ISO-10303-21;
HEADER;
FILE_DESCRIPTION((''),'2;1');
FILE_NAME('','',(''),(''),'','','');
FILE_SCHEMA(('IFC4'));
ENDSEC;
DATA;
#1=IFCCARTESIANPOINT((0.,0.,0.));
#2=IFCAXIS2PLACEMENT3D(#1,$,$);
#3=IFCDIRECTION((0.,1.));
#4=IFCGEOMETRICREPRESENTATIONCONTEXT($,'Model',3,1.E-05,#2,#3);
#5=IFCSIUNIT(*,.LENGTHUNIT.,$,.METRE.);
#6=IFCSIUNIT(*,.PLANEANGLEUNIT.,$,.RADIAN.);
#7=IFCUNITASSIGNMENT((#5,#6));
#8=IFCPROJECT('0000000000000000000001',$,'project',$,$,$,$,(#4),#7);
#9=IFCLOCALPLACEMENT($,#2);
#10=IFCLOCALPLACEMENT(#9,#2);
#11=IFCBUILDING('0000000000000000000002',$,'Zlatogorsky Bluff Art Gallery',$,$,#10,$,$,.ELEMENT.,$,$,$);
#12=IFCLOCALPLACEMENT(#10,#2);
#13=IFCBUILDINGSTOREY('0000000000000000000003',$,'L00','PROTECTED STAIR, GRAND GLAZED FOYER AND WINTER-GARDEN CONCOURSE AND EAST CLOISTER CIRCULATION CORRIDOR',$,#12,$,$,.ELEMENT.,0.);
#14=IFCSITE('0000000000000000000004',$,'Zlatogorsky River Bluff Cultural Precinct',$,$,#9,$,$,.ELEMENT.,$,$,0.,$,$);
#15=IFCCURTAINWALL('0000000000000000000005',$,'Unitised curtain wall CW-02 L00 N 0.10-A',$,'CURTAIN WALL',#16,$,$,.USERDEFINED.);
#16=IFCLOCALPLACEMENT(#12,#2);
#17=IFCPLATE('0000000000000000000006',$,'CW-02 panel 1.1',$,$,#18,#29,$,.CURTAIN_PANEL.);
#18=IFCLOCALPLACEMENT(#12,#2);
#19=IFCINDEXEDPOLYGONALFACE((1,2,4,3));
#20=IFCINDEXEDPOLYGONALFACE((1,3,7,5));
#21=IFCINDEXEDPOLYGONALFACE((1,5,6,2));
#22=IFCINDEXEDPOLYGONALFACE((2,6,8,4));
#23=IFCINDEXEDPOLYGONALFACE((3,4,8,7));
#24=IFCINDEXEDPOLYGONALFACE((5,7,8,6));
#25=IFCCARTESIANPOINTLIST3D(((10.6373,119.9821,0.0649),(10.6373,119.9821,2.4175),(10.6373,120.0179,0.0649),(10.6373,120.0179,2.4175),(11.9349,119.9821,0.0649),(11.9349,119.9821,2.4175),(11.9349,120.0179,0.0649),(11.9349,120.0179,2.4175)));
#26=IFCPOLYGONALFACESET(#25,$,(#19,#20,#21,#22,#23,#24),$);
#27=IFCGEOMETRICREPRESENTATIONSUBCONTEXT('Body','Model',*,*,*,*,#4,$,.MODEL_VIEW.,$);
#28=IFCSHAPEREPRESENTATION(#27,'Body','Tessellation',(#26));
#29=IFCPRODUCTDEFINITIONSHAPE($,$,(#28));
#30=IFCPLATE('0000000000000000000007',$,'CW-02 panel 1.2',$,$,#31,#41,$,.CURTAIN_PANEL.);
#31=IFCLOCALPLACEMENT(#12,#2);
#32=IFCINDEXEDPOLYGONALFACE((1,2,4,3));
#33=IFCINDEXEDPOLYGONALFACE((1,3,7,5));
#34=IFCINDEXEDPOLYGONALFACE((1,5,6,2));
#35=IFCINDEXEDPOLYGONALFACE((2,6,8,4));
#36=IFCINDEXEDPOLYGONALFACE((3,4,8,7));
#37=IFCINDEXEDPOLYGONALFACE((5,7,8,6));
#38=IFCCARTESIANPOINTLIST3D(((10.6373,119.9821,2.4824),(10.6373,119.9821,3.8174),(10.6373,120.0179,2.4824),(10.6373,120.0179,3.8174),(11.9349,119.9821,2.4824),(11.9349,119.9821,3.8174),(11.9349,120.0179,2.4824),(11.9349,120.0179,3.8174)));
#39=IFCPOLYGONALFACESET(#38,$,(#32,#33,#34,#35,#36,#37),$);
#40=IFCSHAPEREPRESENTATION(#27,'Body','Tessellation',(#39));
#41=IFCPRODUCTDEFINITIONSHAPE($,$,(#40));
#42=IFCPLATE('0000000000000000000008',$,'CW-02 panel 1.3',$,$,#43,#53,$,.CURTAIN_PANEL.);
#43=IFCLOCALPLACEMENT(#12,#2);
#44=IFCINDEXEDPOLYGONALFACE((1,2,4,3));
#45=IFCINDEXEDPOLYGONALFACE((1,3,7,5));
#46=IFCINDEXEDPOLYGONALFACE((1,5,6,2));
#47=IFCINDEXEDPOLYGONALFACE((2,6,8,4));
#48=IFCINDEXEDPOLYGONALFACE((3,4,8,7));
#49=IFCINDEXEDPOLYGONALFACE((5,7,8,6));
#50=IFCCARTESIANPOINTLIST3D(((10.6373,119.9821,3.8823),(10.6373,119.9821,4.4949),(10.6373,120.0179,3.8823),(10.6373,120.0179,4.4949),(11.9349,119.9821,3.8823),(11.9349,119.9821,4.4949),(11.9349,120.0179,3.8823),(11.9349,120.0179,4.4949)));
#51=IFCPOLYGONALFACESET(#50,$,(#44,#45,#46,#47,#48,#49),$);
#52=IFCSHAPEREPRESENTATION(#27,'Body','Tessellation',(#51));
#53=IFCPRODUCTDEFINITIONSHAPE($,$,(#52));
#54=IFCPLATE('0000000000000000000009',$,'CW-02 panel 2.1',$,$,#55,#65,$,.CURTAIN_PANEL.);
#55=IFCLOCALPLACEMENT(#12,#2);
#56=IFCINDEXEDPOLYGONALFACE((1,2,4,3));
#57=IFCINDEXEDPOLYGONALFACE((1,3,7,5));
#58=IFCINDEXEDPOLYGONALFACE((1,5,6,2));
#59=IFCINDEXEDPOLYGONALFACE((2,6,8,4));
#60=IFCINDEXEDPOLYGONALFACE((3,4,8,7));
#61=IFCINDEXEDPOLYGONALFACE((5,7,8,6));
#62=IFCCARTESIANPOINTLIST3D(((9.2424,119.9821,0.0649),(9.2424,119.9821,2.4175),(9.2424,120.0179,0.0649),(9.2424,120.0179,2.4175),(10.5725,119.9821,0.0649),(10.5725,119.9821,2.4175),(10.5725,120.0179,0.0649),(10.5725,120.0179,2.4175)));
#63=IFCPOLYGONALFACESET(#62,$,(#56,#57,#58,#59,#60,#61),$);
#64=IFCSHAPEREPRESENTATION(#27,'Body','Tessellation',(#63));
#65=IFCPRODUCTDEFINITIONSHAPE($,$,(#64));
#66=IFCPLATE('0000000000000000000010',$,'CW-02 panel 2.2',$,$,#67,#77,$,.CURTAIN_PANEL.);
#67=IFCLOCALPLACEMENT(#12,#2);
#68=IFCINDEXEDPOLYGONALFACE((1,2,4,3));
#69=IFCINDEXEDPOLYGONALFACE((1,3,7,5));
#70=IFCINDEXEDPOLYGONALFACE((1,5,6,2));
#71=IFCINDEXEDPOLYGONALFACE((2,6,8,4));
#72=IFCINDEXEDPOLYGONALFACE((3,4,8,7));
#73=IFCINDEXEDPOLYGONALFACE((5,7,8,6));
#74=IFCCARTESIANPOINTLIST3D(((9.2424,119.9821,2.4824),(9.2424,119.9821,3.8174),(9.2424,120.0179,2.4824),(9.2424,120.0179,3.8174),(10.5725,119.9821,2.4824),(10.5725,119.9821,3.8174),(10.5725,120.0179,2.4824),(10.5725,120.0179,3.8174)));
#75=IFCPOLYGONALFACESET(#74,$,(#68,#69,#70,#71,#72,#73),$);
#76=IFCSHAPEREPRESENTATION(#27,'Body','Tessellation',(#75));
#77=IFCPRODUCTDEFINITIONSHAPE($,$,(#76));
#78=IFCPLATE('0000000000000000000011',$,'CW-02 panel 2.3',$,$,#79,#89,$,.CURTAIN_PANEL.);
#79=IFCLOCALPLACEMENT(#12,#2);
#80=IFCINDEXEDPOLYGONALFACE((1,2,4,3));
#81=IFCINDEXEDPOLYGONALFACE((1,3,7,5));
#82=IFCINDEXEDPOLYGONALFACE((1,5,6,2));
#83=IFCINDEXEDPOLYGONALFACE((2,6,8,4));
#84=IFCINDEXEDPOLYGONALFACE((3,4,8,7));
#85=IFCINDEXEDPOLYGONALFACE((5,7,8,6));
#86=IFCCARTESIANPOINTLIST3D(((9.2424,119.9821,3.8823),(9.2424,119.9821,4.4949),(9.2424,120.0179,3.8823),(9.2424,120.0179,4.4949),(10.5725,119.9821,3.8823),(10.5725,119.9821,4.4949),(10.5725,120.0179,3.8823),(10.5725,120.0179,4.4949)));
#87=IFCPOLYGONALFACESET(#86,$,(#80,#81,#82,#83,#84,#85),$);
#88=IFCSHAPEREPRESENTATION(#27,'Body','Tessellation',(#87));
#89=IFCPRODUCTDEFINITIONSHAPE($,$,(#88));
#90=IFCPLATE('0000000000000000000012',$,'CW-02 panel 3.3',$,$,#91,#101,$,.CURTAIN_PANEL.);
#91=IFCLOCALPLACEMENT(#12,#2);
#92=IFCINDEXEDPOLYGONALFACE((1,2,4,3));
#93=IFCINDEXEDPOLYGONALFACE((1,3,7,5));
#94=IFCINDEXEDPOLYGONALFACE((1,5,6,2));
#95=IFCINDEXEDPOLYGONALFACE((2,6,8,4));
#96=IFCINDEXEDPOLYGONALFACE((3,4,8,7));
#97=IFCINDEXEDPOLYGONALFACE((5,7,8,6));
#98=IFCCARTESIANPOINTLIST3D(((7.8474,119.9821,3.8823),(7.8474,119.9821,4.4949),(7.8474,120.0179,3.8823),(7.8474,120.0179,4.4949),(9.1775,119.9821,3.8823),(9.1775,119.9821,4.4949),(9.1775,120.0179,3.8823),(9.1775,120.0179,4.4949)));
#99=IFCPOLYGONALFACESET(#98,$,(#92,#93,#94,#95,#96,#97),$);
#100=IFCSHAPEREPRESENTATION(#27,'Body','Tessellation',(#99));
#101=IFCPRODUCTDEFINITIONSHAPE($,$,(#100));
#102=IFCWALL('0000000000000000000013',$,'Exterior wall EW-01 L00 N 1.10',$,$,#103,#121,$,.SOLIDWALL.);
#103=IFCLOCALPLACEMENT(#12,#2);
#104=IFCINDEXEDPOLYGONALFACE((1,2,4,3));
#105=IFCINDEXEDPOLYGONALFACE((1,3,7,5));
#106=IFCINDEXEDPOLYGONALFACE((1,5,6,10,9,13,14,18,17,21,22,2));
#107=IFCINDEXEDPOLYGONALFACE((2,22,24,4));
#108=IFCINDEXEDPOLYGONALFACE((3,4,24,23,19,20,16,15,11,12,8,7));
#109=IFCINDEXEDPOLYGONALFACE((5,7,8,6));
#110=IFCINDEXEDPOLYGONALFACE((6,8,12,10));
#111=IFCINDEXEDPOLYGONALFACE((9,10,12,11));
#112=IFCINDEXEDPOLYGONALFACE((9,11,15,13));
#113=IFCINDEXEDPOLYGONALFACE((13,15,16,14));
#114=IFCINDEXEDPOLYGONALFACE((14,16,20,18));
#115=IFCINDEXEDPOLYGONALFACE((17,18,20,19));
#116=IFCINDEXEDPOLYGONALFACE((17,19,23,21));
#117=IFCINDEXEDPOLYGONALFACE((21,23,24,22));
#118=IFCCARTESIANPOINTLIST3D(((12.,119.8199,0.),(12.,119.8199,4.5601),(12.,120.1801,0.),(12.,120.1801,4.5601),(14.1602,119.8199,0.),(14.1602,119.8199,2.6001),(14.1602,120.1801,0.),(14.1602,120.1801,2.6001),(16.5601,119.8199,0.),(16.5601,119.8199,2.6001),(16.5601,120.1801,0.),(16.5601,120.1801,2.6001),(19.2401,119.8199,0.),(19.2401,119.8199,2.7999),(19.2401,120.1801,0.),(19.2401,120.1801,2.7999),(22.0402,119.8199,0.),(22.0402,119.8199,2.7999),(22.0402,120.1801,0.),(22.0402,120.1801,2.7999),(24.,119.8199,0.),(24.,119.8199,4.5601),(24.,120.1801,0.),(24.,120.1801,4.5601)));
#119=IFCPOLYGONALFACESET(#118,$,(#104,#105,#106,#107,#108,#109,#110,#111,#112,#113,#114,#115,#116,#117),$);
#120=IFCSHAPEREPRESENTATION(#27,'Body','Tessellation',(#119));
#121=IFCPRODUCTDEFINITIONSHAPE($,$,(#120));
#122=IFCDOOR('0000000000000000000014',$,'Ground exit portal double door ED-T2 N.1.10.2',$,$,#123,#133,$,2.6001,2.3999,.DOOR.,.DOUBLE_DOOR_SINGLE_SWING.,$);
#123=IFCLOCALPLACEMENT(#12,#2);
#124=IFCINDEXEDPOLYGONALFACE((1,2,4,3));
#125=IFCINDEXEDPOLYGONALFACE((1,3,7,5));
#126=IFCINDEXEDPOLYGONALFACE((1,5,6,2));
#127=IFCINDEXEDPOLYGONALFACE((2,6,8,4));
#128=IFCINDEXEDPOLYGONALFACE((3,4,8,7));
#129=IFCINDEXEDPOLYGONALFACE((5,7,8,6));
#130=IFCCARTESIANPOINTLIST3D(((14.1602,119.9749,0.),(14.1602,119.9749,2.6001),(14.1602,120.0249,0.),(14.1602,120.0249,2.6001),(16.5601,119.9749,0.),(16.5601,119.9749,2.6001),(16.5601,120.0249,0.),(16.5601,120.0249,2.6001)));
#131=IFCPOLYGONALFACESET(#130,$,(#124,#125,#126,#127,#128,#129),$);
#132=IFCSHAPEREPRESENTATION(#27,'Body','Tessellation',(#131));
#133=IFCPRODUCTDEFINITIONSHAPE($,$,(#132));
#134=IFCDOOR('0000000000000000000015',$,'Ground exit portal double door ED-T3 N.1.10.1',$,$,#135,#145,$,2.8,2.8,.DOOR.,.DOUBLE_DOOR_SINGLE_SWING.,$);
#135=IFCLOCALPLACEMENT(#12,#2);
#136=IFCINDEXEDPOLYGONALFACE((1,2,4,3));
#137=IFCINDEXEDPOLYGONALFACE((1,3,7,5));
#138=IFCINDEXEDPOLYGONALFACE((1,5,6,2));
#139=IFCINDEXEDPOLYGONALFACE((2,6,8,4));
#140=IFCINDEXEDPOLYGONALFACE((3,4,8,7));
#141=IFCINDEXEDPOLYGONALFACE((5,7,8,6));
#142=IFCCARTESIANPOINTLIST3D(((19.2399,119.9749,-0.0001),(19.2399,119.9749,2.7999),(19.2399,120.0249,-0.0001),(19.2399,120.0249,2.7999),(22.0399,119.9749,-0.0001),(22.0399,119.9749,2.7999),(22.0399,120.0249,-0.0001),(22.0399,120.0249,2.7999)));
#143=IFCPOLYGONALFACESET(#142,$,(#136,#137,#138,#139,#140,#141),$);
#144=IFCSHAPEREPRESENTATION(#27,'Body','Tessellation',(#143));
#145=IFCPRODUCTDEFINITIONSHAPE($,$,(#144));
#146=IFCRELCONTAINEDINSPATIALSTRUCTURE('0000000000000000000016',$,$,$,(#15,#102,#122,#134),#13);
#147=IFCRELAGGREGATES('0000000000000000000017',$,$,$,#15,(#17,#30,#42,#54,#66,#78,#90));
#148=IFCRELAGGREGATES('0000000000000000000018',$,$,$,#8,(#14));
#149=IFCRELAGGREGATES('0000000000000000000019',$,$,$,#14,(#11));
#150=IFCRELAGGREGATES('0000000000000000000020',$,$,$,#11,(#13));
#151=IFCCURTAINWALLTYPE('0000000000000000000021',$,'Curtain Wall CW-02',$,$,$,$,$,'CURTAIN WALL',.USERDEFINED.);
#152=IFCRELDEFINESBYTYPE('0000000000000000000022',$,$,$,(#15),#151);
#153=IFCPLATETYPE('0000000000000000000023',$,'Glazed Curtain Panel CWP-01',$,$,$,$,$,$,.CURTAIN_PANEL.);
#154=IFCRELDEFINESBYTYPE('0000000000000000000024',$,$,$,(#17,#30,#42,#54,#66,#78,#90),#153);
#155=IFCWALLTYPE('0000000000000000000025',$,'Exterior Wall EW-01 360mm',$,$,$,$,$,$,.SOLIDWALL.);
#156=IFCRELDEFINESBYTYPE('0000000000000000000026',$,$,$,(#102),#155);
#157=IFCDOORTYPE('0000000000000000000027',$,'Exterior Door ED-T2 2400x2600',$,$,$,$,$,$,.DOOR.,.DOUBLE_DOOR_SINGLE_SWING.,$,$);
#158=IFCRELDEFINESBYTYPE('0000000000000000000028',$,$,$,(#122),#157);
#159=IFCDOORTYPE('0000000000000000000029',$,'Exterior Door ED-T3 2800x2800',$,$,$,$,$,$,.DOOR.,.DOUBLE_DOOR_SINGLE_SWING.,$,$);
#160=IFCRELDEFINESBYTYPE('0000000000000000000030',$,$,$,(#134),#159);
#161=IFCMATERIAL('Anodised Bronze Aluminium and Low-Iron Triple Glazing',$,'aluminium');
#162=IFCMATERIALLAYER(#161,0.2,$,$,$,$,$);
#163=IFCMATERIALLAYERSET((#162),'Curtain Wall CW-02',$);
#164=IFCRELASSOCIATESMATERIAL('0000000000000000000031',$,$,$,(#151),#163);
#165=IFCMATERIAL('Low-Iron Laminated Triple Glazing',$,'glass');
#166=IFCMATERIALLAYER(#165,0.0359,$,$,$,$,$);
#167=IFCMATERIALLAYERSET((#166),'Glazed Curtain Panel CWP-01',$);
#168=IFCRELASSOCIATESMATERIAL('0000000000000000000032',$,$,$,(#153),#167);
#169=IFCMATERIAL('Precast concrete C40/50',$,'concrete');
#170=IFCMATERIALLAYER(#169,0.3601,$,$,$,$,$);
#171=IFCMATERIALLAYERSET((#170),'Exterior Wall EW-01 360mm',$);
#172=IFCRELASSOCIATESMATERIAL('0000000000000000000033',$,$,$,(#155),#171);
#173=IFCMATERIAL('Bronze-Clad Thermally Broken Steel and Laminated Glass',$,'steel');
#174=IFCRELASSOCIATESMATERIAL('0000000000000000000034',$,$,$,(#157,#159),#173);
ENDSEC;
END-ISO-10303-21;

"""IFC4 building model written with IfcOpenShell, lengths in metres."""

from ifc_helpers import new_model, si_unit, direction, frame, frame_2d, origin, origin_2d, place, context, subcontext, project, spatial, rectangle, extrude, material, layer, layer_set, type_object, element, fill, aggregate, save


model = new_model("IFC4")

# Units and contexts
model_context = context("Model", 3, precision=1e-05, world=origin(), true_north=direction((0.0, 1.0)))
body_context = subcontext(model_context, "Body", "Model", "MODEL_VIEW")
ifc_project = project(units=[si_unit("LENGTHUNIT", "METRE"), si_unit("PLANEANGLEUNIT", "RADIAN")], contexts=[model_context])

# Site, building, storey
site_placement = place(None, origin())
site = spatial("IfcSite", under=ifc_project, at=site_placement, Name="Zlatogorsky River Bluff Cultural Precinct", CompositionType="ELEMENT", RefElevation=0.0)
building_placement = place(site_placement, origin())
building = spatial("IfcBuilding", under=site, at=building_placement, Name="Zlatogorsky Bluff Art Gallery", CompositionType="ELEMENT")
storey_placement = place(building_placement, origin())
storey = spatial("IfcBuildingStorey", under=building, at=storey_placement, Name="L00", Description="PROTECTED STAIR, GRAND GLAZED FOYER AND WINTER-GARDEN CONCOURSE AND EAST CLOISTER CIRCULATION CORRIDOR", CompositionType="ELEMENT", Elevation=0.0)

# Curtain wall, plates
ifc_material_1 = material(Name="Anodised Bronze Aluminium and Low-Iron Triple Glazing", Category="aluminium")
ifc_layer_1 = layer(ifc_material_1, 0.2)
ifc_layer_set_1 = layer_set([ifc_layer_1], Name="Curtain Wall CW-02")
curtain_wall_type = type_object("IfcCurtainWallType", Name="Curtain Wall CW-02", ElementType="CURTAIN WALL", PredefinedType="USERDEFINED", material=ifc_layer_set_1)
curtain_wall_placement = place(storey_placement, origin())
curtain_wall = element("IfcCurtainWall", 1, at=curtain_wall_placement, inside=storey, type_object=curtain_wall_type, Name="Unitised curtain wall CW-02 L00 N 0.10-A", ObjectType="CURTAIN WALL", PredefinedType="USERDEFINED")
ifc_material_2 = material(Name="Low-Iron Laminated Triple Glazing", Category="glass")
ifc_layer_2 = layer(ifc_material_2, 0.0359)
ifc_layer_set_2 = layer_set([ifc_layer_2], Name="Glazed Curtain Panel CWP-01")
plate_type = type_object("IfcPlateType", Name="Glazed Curtain Panel CWP-01", PredefinedType="CURTAIN_PANEL", material=ifc_layer_set_2)
plate_1_placement = place(storey_placement, frame((11.2861, 120.0, 0.0649), z_axis=(0.0, 0.0, 1.0), x_axis=(-1.0, 0.0, 0.0)))
plate_1 = element("IfcPlate", 2, at=plate_1_placement, type_object=plate_type, Name="CW-02 panel 1.1", PredefinedType="CURTAIN_PANEL", context=body_context, shape_type="SweptSolid", body=[
    extrude(rectangle(XDim=1.2976, YDim=0.0359, at=origin_2d()), origin(), (0.0, 0.0, 1.0), 2.3525),
])
plate_2_placement = place(storey_placement, frame((11.2861, 120.0, 2.4824), z_axis=(0.0, 0.0, 1.0), x_axis=(-1.0, 0.0, 0.0)))
plate_2 = element("IfcPlate", 3, at=plate_2_placement, type_object=plate_type, Name="CW-02 panel 1.2", PredefinedType="CURTAIN_PANEL", context=body_context, shape_type="SweptSolid", body=[
    extrude(rectangle(XDim=1.2976, YDim=0.0359, at=origin_2d()), origin(), (0.0, 0.0, 1.0), 1.335),
])
plate_3_placement = place(storey_placement, frame((11.2861, 120.0, 3.8823), z_axis=(0.0, 0.0, 1.0), x_axis=(-1.0, 0.0, 0.0)))
plate_3 = element("IfcPlate", 4, at=plate_3_placement, type_object=plate_type, Name="CW-02 panel 1.3", PredefinedType="CURTAIN_PANEL", context=body_context, shape_type="SweptSolid", body=[
    extrude(rectangle(XDim=1.2976, YDim=0.0359, at=origin_2d()), origin(), (0.0, 0.0, 1.0), 0.6125),
])
plate_4_placement = place(storey_placement, frame((9.9075, 120.0, 0.0649), z_axis=(0.0, 0.0, 1.0), x_axis=(-1.0, 0.0, 0.0)))
plate_4 = element("IfcPlate", 5, at=plate_4_placement, type_object=plate_type, Name="CW-02 panel 2.1", PredefinedType="CURTAIN_PANEL", context=body_context, shape_type="SweptSolid", body=[
    extrude(rectangle(XDim=1.3301, YDim=0.0359, at=origin_2d()), origin(), (0.0, 0.0, 1.0), 2.3525),
])
plate_5_placement = place(storey_placement, frame((9.9075, 120.0, 2.4824), z_axis=(0.0, 0.0, 1.0), x_axis=(-1.0, 0.0, 0.0)))
plate_5 = element("IfcPlate", 6, at=plate_5_placement, type_object=plate_type, Name="CW-02 panel 2.2", PredefinedType="CURTAIN_PANEL", context=body_context, shape_type="SweptSolid", body=[
    extrude(rectangle(XDim=1.3301, YDim=0.0359, at=origin_2d()), origin(), (0.0, 0.0, 1.0), 1.335),
])
plate_6_placement = place(storey_placement, frame((9.9075, 120.0, 3.8823), z_axis=(0.0, 0.0, 1.0), x_axis=(-1.0, 0.0, 0.0)))
plate_6 = element("IfcPlate", 7, at=plate_6_placement, type_object=plate_type, Name="CW-02 panel 2.3", PredefinedType="CURTAIN_PANEL", context=body_context, shape_type="SweptSolid", body=[
    extrude(rectangle(XDim=1.3301, YDim=0.0359, at=origin_2d()), origin(), (0.0, 0.0, 1.0), 0.6125),
])
plate_7_placement = place(storey_placement, frame((8.5125, 120.0, 3.8823), z_axis=(0.0, 0.0, 1.0), x_axis=(-1.0, 0.0, 0.0)))
plate_7 = element("IfcPlate", 8, at=plate_7_placement, type_object=plate_type, Name="CW-02 panel 3.3", PredefinedType="CURTAIN_PANEL", context=body_context, shape_type="SweptSolid", body=[
    extrude(rectangle(XDim=1.3301, YDim=0.0359, at=origin_2d()), origin(), (0.0, 0.0, 1.0), 0.6125),
])
aggregate(curtain_wall, [plate_1, plate_2, plate_3, plate_4, plate_5, plate_6, plate_7])

# Wall, openings, doors
ifc_material_3 = material(Name="Precast concrete C40/50", Category="concrete")
ifc_layer_3 = layer(ifc_material_3, 0.3601)
ifc_layer_set_3 = layer_set([ifc_layer_3], Name="Exterior Wall EW-01 360mm")
wall_type = type_object("IfcWallType", Name="Exterior Wall EW-01 360mm", PredefinedType="SOLIDWALL", material=ifc_layer_set_3)
wall_placement = place(storey_placement, frame((24.0, 120.0, 0.0), z_axis=(0.0, 0.0, 1.0), x_axis=(-1.0, 0.0, 0.0)))
wall = element("IfcWall", 9, at=wall_placement, inside=storey, type_object=wall_type, Name="Exterior wall EW-01 L00 N 1.10", PredefinedType="SOLIDWALL", context=body_context, shape_type="SweptSolid", body=[
    extrude(rectangle(XDim=12.0, YDim=0.3601, at=frame_2d((6.0, 0.0))), origin(), (0.0, 0.0, 1.0), 4.5601),
])
opening_1_placement = place(wall_placement, frame((1.96, 0.0, 0.0)))
opening_1 = element("IfcOpeningElement", 10, at=opening_1_placement, cuts=wall, PredefinedType="OPENING", context=body_context, shape_type="SweptSolid", body=[
    extrude(rectangle(XDim=2.8, YDim=2.8, at=frame_2d((1.3999, 1.3999))), frame((0.0, 0.1899, 0.0), z_axis=(0.0, -1.0, 0.0), x_axis=(1.0, 0.0, 0.0)), (0.0, 0.0, 1.0), 0.3801),
])
opening_2_placement = place(wall_placement, frame((7.4399, 0.0, 0.0)))
opening_2 = element("IfcOpeningElement", 11, at=opening_2_placement, cuts=wall, PredefinedType="OPENING", context=body_context, shape_type="SweptSolid", body=[
    extrude(rectangle(XDim=2.3999, YDim=2.6001, at=frame_2d((1.2, 1.3))), frame((0.0, 0.1899, 0.0), z_axis=(0.0, -1.0, 0.0), x_axis=(1.0, 0.0, 0.0)), (0.0, 0.0, 1.0), 0.3801),
])
ifc_material_4 = material(Name="Bronze-Clad Thermally Broken Steel and Laminated Glass", Category="steel")
door_type_1 = type_object("IfcDoorType", Name="Exterior Door ED-T2 2400x2600", OperationType="DOUBLE_DOOR_SINGLE_SWING", PredefinedType="DOOR", material=ifc_material_4)
door_1_placement = place(opening_2_placement, frame((2.3999, 0.0, 0.0), z_axis=(0.0, 0.0, 1.0), x_axis=(-1.0, 0.0, 0.0)))
door_1 = element("IfcDoor", 12, at=door_1_placement, inside=storey, type_object=door_type_1, Name="Ground exit portal double door ED-T2 N.1.10.2", OperationType="DOUBLE_DOOR_SINGLE_SWING", OverallHeight=2.6001, OverallWidth=2.3999, PredefinedType="DOOR", context=body_context, shape_type="SweptSolid", body=[
    extrude(rectangle(XDim=2.3999, YDim=2.6001, at=frame_2d((1.2, 1.3))), frame((0.0, 0.0249, 0.0), z_axis=(0.0, -1.0, 0.0), x_axis=(1.0, 0.0, 0.0)), (0.0, 0.0, 1.0), 0.05),
])
fill(opening_2, door_1)
door_type_2 = type_object("IfcDoorType", Name="Exterior Door ED-T3 2800x2800", OperationType="DOUBLE_DOOR_SINGLE_SWING", PredefinedType="DOOR", material=ifc_material_4)
door_2_placement = place(opening_1_placement, frame((2.8, 0.0, 0.0), z_axis=(0.0, 0.0, 1.0), x_axis=(-1.0, 0.0, 0.0)))
door_2 = element("IfcDoor", 13, at=door_2_placement, inside=storey, type_object=door_type_2, Name="Ground exit portal double door ED-T3 N.1.10.1", OperationType="DOUBLE_DOOR_SINGLE_SWING", OverallHeight=2.8, OverallWidth=2.8, PredefinedType="DOOR", context=body_context, shape_type="SweptSolid", body=[
    extrude(rectangle(XDim=2.8, YDim=2.8, at=frame_2d((1.3999, 1.3999))), frame((0.0, 0.0249, 0.0), z_axis=(0.0, -1.0, 0.0), x_axis=(1.0, 0.0, 0.0)), (0.0, 0.0, 1.0), 0.05),
])
fill(opening_1, door_2)

save(model, "model.ifc")
